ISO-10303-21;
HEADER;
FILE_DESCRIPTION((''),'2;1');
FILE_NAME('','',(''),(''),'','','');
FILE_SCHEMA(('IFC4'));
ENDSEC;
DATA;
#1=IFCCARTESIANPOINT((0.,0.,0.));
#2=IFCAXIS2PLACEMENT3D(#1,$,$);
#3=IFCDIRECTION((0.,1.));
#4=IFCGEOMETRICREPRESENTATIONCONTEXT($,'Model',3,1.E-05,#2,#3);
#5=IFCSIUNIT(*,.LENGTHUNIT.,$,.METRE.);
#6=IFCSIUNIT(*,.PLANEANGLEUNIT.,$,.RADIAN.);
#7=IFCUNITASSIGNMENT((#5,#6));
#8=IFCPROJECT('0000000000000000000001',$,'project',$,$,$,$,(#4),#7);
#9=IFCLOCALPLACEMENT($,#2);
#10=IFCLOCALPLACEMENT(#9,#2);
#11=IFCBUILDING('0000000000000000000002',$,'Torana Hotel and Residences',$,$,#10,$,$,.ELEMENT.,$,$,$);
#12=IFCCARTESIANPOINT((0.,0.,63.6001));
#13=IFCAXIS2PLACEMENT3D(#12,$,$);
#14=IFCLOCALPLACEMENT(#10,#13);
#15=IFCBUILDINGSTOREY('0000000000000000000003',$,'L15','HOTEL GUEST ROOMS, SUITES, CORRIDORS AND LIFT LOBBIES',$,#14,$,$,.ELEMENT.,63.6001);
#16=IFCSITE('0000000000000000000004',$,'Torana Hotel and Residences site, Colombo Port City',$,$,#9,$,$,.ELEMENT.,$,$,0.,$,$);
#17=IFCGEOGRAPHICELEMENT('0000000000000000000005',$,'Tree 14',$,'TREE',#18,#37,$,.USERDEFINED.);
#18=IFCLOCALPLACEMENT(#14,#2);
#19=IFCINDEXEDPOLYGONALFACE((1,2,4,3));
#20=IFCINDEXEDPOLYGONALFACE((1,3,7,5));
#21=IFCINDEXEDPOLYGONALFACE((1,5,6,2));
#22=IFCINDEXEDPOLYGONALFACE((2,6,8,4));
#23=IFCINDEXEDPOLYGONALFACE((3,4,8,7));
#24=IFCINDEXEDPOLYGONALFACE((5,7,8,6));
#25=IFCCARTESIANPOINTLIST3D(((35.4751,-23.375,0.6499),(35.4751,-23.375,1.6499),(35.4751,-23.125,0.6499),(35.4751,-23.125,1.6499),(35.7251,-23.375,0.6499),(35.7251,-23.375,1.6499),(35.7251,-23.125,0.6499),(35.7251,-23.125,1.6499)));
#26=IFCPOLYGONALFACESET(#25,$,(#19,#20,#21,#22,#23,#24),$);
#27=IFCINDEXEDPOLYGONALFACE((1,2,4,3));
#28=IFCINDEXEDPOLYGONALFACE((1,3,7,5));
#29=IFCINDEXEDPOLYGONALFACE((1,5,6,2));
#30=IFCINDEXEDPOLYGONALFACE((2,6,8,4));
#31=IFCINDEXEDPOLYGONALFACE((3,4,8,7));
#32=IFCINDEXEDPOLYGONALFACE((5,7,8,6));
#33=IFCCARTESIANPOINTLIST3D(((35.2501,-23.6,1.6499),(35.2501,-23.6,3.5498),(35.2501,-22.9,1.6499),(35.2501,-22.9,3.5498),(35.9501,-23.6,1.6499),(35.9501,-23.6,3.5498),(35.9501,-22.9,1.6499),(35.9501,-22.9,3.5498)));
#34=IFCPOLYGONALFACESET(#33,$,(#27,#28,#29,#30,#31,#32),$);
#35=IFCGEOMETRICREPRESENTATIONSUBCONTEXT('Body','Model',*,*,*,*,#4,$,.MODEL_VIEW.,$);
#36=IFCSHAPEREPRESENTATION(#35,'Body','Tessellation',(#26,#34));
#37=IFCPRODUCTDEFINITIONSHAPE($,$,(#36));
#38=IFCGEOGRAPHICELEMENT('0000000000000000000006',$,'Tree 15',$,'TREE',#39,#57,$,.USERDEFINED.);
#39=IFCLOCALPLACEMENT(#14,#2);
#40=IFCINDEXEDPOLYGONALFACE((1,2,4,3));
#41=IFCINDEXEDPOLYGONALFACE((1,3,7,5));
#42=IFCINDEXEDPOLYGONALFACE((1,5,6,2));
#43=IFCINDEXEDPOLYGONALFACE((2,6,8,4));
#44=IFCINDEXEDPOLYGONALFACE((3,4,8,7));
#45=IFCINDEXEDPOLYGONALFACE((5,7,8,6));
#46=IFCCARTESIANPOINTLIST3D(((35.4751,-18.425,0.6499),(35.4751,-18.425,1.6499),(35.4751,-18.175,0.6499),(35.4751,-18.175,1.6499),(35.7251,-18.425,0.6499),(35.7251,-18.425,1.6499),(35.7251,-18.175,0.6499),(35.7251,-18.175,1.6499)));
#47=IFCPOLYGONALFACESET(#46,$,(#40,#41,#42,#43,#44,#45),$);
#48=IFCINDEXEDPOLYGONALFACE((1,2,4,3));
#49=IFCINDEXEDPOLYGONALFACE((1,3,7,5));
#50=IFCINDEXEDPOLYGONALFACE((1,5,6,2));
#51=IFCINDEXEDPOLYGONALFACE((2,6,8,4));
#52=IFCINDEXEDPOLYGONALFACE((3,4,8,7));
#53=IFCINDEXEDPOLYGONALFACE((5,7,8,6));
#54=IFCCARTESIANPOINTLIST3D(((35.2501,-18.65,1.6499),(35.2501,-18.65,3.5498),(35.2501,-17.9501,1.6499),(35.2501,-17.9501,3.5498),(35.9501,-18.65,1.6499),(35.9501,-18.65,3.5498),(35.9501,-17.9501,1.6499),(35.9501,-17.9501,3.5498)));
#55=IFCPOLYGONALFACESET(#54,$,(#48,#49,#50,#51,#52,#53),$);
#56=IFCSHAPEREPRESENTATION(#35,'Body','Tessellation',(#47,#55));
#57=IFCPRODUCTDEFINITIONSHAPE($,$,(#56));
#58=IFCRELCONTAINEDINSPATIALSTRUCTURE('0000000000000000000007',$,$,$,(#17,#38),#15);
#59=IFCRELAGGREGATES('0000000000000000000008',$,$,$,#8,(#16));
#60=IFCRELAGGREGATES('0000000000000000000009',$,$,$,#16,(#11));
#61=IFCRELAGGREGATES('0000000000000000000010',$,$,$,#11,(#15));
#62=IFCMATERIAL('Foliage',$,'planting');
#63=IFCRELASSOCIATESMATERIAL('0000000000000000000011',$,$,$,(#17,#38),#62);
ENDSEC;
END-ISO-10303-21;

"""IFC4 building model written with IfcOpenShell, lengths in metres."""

from ifc_helpers import new_model, si_unit, direction, frame, origin, origin_2d, place, context, subcontext, project, spatial, rectangle, extrude, material, element, save


model = new_model("IFC4")

# Units and contexts
model_context = context("Model", 3, precision=1e-05, world=origin(), true_north=direction((0.0, 1.0)))
body_context = subcontext(model_context, "Body", "Model", "MODEL_VIEW")
ifc_project = project(units=[si_unit("LENGTHUNIT", "METRE"), si_unit("PLANEANGLEUNIT", "RADIAN")], contexts=[model_context])

# Site, building, storey
site_placement = place(None, origin())
site = spatial("IfcSite", under=ifc_project, at=site_placement, Name="Torana Hotel and Residences site, Colombo Port City", CompositionType="ELEMENT", RefElevation=0.0)
building_placement = place(site_placement, origin())
building = spatial("IfcBuilding", under=site, at=building_placement, Name="Torana Hotel and Residences", CompositionType="ELEMENT")
storey_placement = place(building_placement, frame((0.0, 0.0, 63.6001)))
storey = spatial("IfcBuildingStorey", under=building, at=storey_placement, Name="L15", Description="HOTEL GUEST ROOMS, SUITES, CORRIDORS AND LIFT LOBBIES", CompositionType="ELEMENT", Elevation=63.6001)

# Geographic elements
ifc_material_1 = material(Name="Foliage", Category="planting")
for number, where, z_axis, x_axis, name in (
    (1, (35.6001, -23.25, 0.6499), (0.0, 0.0, 1.0), (1.0, 0.0, 0.0), "Tree 14"),
    (2, (35.6001, -18.3, 0.6499), (0.0, 0.0, 1.0), (1.0, 0.0, 0.0), "Tree 15"),
):
    element("IfcGeographicElement", number, at=place(storey_placement, frame(where, z_axis=z_axis, x_axis=x_axis)), inside=storey, material=ifc_material_1, Name=name, ObjectType="TREE", PredefinedType="USERDEFINED", context=body_context, shape_type="SweptSolid", body=[
        extrude(rectangle(XDim=0.25, YDim=0.25, at=origin_2d()), origin(), (0.0, 0.0, 1.0), 1.0),
        extrude(rectangle(XDim=0.7, YDim=0.7, at=origin_2d()), frame((0.0, 0.0, 1.0)), (0.0, 0.0, 1.0), 1.8999),
    ])

save(model, "model.ifc")
